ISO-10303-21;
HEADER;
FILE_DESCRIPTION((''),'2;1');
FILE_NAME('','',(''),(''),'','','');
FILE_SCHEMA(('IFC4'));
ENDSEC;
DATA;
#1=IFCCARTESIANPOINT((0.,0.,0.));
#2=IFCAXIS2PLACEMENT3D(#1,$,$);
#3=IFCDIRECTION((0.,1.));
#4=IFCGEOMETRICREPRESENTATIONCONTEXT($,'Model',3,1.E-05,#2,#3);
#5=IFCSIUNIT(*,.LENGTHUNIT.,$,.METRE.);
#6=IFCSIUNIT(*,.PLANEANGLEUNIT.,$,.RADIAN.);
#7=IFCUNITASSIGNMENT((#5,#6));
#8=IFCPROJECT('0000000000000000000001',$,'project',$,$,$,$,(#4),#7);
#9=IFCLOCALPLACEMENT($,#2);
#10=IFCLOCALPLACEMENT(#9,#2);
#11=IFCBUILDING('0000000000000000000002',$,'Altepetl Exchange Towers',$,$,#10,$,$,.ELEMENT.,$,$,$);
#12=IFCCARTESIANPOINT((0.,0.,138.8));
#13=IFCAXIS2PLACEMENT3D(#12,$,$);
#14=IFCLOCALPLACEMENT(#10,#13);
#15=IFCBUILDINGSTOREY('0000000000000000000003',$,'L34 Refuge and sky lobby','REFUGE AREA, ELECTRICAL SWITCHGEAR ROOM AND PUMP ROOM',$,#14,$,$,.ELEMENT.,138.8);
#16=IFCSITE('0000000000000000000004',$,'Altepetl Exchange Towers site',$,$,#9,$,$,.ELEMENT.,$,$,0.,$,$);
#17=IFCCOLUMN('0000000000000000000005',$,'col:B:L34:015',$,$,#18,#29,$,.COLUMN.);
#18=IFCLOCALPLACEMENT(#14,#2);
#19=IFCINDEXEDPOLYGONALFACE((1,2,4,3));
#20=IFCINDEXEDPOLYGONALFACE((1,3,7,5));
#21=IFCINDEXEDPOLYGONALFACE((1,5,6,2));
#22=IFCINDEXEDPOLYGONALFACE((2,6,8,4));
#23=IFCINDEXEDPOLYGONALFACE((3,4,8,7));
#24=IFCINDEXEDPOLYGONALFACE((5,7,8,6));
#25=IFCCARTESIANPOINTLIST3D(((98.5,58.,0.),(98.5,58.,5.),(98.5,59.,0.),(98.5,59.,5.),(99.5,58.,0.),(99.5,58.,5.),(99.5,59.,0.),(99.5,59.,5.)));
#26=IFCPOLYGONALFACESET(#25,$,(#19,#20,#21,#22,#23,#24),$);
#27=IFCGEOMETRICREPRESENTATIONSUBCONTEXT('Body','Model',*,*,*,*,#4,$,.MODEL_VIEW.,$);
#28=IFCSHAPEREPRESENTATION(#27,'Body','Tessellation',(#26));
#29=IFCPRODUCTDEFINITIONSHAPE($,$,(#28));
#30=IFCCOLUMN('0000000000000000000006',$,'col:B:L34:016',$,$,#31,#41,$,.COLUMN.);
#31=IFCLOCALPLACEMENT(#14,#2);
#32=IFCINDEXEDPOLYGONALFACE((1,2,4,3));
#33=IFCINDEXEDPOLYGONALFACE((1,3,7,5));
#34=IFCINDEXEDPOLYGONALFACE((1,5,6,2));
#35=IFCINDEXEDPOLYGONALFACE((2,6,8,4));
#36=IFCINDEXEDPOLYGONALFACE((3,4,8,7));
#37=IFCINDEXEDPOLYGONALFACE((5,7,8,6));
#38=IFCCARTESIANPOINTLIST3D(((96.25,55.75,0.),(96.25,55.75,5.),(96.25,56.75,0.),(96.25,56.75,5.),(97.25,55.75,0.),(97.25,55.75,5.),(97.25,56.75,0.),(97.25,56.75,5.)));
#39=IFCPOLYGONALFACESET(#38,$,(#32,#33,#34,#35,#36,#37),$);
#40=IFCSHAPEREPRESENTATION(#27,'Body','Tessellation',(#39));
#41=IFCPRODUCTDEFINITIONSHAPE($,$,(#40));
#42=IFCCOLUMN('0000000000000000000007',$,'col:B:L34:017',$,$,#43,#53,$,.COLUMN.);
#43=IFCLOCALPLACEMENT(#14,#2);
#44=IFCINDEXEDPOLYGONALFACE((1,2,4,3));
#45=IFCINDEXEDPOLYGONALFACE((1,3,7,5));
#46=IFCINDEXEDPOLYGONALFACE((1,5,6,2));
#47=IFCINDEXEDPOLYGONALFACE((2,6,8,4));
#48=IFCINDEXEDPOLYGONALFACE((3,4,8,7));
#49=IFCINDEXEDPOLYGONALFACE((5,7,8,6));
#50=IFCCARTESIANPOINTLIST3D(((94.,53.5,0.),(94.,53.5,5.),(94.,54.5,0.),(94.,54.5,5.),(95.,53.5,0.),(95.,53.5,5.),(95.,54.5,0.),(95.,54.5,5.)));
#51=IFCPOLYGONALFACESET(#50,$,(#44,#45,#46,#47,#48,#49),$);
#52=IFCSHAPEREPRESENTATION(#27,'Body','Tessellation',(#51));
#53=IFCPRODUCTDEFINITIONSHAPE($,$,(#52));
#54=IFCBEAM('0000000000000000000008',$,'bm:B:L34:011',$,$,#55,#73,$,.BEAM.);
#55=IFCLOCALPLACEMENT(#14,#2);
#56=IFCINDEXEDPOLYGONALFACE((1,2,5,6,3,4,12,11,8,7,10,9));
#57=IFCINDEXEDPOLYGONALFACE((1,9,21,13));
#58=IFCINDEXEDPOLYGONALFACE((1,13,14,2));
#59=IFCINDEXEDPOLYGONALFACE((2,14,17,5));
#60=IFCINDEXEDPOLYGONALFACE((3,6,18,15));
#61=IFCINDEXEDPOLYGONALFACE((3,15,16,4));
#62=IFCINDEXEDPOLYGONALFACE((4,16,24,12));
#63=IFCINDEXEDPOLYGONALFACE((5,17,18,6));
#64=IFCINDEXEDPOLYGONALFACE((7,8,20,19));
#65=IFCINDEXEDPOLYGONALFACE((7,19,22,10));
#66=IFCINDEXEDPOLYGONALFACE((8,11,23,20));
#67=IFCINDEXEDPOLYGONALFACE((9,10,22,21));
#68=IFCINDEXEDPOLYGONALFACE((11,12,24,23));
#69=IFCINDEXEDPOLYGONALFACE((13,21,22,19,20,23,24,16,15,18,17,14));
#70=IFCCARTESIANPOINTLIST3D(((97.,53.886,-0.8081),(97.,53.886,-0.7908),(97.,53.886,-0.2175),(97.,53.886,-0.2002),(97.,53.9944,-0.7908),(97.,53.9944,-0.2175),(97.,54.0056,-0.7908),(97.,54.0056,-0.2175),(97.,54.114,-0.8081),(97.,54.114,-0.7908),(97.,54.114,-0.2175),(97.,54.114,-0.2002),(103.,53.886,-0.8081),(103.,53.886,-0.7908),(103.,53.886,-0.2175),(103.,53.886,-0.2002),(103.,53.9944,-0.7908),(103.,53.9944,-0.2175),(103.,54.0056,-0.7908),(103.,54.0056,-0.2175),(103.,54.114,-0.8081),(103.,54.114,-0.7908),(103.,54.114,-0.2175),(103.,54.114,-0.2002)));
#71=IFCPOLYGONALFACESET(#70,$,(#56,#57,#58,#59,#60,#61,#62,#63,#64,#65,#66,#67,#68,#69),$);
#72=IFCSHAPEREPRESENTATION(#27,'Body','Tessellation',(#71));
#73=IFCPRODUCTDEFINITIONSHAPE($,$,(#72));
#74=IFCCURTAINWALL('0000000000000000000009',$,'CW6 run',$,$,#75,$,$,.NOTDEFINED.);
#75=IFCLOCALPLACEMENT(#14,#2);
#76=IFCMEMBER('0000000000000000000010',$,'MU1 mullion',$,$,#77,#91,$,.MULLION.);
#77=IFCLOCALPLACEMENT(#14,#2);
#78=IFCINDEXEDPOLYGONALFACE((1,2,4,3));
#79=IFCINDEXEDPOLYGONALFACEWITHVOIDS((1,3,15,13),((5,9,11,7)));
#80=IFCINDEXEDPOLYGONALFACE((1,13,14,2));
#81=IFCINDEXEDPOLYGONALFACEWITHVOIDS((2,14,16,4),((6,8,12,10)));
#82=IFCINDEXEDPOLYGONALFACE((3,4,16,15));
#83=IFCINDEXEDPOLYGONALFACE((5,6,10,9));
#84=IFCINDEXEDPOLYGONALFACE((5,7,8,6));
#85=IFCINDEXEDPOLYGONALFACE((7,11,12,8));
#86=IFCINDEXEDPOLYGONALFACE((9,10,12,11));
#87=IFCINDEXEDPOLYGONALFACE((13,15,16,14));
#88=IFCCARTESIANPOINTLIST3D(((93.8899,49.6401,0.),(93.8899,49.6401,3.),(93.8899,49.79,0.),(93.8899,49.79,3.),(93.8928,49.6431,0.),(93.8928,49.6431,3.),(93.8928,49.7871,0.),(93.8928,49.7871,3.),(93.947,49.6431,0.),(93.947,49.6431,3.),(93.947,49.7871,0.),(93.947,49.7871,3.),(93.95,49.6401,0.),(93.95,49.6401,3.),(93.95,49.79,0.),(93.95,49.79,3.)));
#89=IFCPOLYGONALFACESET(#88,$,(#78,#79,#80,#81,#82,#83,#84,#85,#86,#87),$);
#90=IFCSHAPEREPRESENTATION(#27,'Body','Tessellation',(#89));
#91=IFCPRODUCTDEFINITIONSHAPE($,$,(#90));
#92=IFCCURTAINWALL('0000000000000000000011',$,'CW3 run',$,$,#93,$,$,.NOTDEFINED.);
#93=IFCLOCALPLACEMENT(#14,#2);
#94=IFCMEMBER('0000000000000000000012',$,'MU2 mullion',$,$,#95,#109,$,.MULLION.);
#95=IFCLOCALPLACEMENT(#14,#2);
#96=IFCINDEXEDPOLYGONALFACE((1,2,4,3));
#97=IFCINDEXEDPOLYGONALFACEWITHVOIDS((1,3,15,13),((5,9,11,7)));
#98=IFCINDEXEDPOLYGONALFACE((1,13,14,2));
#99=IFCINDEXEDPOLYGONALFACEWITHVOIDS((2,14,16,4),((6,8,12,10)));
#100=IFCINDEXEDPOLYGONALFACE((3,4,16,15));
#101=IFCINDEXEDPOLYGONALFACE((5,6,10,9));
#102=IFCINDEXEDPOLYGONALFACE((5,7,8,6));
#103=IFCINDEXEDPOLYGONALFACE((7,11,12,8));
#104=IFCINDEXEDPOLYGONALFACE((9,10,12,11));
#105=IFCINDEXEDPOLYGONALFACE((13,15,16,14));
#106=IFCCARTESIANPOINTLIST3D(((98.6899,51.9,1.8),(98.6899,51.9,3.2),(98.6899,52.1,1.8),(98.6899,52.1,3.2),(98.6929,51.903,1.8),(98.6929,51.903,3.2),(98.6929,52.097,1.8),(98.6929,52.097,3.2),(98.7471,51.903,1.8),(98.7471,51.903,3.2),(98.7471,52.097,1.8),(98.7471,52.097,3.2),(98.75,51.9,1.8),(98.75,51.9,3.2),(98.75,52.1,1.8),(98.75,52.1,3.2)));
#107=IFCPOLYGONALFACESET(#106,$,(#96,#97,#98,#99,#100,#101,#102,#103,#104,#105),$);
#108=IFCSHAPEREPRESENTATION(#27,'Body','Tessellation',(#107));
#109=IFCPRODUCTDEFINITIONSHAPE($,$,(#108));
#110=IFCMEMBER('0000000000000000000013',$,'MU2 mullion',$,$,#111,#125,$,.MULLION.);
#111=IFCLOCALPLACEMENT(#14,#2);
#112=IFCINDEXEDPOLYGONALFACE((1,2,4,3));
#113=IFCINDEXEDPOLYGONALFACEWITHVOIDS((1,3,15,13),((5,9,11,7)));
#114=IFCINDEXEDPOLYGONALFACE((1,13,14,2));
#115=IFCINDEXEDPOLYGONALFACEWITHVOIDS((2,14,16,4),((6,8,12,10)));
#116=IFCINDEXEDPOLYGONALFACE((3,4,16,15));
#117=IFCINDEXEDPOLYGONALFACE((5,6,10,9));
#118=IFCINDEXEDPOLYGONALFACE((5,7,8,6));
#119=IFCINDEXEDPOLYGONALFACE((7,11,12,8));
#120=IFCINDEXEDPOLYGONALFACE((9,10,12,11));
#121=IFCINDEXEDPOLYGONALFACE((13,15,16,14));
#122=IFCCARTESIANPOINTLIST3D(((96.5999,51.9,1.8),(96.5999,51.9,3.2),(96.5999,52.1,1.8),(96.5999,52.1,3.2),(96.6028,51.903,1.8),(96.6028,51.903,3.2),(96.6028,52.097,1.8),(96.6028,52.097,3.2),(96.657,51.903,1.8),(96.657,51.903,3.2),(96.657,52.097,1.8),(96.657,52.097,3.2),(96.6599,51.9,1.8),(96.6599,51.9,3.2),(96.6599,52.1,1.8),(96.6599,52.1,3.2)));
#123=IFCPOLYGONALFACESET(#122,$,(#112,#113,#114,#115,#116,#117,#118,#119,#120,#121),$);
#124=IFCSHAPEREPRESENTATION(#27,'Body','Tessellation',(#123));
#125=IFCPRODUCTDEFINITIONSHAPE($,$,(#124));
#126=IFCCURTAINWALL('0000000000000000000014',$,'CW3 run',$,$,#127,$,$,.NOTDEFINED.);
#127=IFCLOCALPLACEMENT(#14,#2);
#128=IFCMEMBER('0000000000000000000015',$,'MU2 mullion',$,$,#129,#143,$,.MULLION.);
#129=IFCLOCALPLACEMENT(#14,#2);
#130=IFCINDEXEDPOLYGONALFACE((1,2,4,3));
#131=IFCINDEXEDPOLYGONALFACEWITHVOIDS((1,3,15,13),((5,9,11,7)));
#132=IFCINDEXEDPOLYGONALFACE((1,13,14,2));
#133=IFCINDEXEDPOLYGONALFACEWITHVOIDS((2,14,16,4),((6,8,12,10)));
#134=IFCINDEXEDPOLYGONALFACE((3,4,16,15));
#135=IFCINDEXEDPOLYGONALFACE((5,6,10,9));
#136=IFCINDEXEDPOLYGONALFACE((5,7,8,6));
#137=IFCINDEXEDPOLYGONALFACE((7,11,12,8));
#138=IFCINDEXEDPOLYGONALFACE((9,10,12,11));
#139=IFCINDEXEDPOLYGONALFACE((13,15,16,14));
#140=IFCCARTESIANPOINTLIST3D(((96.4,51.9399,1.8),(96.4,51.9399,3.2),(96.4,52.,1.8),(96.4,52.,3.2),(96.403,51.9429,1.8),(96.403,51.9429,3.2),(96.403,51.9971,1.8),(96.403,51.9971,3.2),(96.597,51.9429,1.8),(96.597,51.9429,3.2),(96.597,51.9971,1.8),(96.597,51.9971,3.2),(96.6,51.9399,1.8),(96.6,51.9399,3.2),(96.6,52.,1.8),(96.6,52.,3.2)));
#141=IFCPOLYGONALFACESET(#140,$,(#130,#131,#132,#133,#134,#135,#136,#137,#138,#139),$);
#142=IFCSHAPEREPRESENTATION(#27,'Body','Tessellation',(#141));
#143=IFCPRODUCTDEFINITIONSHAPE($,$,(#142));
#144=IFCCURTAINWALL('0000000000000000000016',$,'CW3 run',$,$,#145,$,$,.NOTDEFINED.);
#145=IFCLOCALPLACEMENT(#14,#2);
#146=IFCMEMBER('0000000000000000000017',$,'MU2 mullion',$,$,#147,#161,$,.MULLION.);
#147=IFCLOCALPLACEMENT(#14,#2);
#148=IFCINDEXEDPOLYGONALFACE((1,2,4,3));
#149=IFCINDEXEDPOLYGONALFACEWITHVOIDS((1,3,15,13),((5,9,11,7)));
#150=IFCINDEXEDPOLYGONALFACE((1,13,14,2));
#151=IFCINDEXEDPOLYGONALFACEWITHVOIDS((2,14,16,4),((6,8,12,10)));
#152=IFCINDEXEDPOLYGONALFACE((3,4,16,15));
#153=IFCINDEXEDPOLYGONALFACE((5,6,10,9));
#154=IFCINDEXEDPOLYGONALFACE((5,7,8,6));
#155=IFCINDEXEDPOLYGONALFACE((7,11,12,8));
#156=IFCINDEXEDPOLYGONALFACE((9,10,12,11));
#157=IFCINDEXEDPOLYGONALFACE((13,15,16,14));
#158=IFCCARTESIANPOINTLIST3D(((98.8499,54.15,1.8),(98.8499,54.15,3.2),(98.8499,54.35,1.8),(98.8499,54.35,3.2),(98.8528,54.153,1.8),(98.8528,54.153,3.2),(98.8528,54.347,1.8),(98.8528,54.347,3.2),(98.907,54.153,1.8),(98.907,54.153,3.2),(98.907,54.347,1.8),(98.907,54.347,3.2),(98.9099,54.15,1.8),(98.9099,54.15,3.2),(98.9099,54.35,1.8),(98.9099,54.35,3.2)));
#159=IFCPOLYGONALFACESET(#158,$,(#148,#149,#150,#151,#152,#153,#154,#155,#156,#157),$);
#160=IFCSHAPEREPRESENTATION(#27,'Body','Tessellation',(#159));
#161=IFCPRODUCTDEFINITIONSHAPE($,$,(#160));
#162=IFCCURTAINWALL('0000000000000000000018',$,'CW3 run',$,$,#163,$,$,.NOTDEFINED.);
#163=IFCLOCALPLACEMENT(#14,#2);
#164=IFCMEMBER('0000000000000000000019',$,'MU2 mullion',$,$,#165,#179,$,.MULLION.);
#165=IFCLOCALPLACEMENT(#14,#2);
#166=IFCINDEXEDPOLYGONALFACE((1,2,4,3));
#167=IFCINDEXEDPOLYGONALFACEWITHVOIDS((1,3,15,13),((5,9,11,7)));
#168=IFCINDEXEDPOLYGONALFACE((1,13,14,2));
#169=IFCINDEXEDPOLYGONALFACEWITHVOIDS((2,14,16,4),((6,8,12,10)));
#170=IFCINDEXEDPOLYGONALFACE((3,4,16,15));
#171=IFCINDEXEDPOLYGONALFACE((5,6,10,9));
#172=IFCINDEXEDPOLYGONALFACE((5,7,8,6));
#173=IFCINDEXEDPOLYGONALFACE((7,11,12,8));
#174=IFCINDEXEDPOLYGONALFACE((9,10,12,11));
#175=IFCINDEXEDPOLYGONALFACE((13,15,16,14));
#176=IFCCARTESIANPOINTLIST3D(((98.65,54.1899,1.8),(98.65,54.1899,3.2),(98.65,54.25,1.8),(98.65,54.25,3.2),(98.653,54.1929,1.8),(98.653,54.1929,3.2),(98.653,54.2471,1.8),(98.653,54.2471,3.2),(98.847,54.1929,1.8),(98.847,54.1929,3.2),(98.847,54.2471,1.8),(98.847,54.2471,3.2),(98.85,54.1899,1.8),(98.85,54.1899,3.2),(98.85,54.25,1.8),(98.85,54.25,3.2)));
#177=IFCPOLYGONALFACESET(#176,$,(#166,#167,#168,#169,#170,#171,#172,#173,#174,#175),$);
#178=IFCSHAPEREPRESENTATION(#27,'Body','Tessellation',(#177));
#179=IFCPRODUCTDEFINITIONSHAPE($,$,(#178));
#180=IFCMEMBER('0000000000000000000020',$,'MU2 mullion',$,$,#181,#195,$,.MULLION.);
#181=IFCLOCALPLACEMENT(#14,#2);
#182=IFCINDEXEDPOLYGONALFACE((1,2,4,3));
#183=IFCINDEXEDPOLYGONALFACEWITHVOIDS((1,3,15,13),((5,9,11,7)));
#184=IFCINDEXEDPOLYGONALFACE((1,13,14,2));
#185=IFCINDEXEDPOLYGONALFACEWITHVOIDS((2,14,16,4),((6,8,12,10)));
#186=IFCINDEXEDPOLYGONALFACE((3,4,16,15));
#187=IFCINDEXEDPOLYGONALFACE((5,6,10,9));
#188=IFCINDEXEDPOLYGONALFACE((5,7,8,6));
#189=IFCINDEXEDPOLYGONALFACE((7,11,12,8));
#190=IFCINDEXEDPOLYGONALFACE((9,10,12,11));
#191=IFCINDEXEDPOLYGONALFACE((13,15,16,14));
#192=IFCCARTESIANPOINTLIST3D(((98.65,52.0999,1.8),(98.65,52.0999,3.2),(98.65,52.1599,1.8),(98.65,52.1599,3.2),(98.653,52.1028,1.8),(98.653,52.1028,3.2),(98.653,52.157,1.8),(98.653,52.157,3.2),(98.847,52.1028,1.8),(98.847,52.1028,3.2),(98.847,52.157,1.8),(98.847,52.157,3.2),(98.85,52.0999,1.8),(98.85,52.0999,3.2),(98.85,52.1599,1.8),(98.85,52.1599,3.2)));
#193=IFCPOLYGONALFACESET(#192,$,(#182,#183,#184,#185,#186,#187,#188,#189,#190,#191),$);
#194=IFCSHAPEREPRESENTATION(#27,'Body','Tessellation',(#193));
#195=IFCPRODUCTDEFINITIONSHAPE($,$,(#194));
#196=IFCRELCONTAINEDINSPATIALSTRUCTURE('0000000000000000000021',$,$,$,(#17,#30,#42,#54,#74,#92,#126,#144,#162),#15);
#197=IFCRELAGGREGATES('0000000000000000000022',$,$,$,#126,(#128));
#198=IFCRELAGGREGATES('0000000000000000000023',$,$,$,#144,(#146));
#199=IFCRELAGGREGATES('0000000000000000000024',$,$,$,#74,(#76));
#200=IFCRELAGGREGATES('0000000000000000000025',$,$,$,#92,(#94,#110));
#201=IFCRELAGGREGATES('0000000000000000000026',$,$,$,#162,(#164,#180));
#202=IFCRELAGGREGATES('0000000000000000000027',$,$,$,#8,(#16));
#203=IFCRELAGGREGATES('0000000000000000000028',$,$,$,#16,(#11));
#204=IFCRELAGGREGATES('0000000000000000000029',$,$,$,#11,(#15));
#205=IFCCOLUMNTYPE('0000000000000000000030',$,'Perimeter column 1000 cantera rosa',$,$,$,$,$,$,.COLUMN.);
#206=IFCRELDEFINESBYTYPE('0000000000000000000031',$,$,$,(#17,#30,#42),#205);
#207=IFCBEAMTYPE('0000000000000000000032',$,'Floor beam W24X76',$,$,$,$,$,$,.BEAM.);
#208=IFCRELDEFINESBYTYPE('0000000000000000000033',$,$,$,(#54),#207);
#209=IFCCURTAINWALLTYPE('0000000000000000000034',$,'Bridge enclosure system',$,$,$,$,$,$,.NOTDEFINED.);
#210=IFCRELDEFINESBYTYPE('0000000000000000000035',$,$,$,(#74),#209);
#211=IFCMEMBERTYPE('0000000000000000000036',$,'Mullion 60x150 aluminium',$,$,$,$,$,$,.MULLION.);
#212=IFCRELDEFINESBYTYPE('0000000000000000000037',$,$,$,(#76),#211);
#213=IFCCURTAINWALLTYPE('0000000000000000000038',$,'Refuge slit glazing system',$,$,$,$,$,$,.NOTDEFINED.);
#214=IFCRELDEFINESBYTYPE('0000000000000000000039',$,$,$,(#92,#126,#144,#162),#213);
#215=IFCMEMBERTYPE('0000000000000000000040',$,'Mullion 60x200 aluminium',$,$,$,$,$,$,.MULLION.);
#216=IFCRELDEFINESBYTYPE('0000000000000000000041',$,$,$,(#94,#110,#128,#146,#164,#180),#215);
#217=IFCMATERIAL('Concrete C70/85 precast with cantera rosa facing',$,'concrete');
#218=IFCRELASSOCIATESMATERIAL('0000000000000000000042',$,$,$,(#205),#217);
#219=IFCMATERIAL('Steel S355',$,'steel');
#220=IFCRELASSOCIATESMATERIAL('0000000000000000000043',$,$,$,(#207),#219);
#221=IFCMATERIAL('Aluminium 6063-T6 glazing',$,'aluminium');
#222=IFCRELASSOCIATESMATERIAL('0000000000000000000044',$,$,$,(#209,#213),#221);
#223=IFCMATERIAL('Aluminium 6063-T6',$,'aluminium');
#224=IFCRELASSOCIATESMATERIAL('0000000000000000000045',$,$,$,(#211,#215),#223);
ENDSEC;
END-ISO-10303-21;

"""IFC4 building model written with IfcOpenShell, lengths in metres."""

from ifc_helpers import new_model, si_unit, direction, frame, origin, origin_2d, place, context, subcontext, project, spatial, rectangle, hollow_rectangle, i_section, extrude, material, material_profile, profile_set, type_object, element, aggregate, save


model = new_model("IFC4")

# Units and contexts
model_context = context("Model", 3, precision=1e-05, world=origin(), true_north=direction((0.0, 1.0)))
body_context = subcontext(model_context, "Body", "Model", "MODEL_VIEW")
ifc_project = project(units=[si_unit("LENGTHUNIT", "METRE"), si_unit("PLANEANGLEUNIT", "RADIAN")], contexts=[model_context])

# Site, building, storey
site_placement = place(None, origin())
site = spatial("IfcSite", under=ifc_project, at=site_placement, Name="Altepetl Exchange Towers site", CompositionType="ELEMENT", RefElevation=0.0)
building_placement = place(site_placement, origin())
building = spatial("IfcBuilding", under=site, at=building_placement, Name="Altepetl Exchange Towers", CompositionType="ELEMENT")
storey_placement = place(building_placement, frame((0.0, 0.0, 138.8)))
storey = spatial("IfcBuildingStorey", under=building, at=storey_placement, Name="L34 Refuge and sky lobby", Description="REFUGE AREA, ELECTRICAL SWITCHGEAR ROOM AND PUMP ROOM", CompositionType="ELEMENT", Elevation=138.8)

# Columns
ifc_material_1 = material(Name="Concrete C70/85 precast with cantera rosa facing", Category="concrete")
ifc_material_profile_1 = material_profile(ifc_material_1, rectangle(XDim=1.0, YDim=1.0, at=origin_2d()), Name="1000 x 1000")
ifc_profile_set_1 = profile_set([ifc_material_profile_1], Name="Concrete C70/85 precast with cantera rosa facing")
column_type = type_object("IfcColumnType", Name="Perimeter column 1000 cantera rosa", PredefinedType="COLUMN", material=ifc_profile_set_1)
for number, where, name in (
    (1, (99.0, 58.5, 0.0), "col:B:L34:015"),
    (2, (96.75, 56.25, 0.0), "col:B:L34:016"),
    (3, (94.5, 54.0, 0.0), "col:B:L34:017"),
):
    element("IfcColumn", number, at=place(storey_placement, frame(where)), inside=storey, type_object=column_type, Name=name, PredefinedType="COLUMN", context=body_context, shape_type="SweptSolid", body=[
        extrude(rectangle(XDim=1.0, YDim=1.0, at=origin_2d()), origin(), (0.0, 0.0, 1.0), 5.0),
    ])

# Beam
ifc_material_2 = material(Name="Steel S355", Category="steel")
ifc_material_profile_2 = material_profile(ifc_material_2, i_section(OverallWidth=0.228, OverallDepth=0.6079, WebThickness=0.0112, FlangeThickness=0.0173, at=origin_2d()), Name="W24X76")
ifc_profile_set_2 = profile_set([ifc_material_profile_2], Name="Steel S355")
beam_type_1 = type_object("IfcBeamType", Name="Floor beam W24X76", PredefinedType="BEAM", material=ifc_profile_set_2)
beam_1_placement = place(storey_placement, frame((97.0, 54.0, -0.5042), z_axis=(1.0, 0.0, 0.0), x_axis=(0.0, 1.0, 0.0)))
element("IfcBeam", 4, at=beam_1_placement, inside=storey, type_object=beam_type_1, Name="bm:B:L34:011", PredefinedType="BEAM", context=body_context, shape_type="SweptSolid", body=[
    extrude(i_section(OverallWidth=0.228, OverallDepth=0.6079, WebThickness=0.0112, FlangeThickness=0.0173, at=origin_2d()), origin(), (0.0, 0.0, 1.0), 6.0),
])

# Curtain wall, member
ifc_material_3 = material(Name="Aluminium 6063-T6 glazing", Category="aluminium")
curtain_wall_type_1 = type_object("IfcCurtainWallType", Name="Bridge enclosure system", PredefinedType="NOTDEFINED", material=ifc_material_3)
curtain_wall_1_placement = place(storey_placement, origin())
curtain_wall_1 = element("IfcCurtainWall", 5, at=curtain_wall_1_placement, inside=storey, type_object=curtain_wall_type_1, Name="CW6 run", PredefinedType="NOTDEFINED")
ifc_material_4 = material(Name="Aluminium 6063-T6", Category="aluminium")
ifc_material_profile_3 = material_profile(ifc_material_4, hollow_rectangle(XDim=0.0601, YDim=0.1499, WallThickness=0.0029, at=origin_2d()), Name="Mullion 60x150 aluminium")
ifc_profile_set_3 = profile_set([ifc_material_profile_3], Name="Aluminium 6063-T6")
member_type_1 = type_object("IfcMemberType", Name="Mullion 60x150 aluminium", PredefinedType="MULLION", material=ifc_profile_set_3)
member_1_placement = place(storey_placement, frame((93.9199, 49.7151, 0.0)))
member_1 = element("IfcMember", 6, at=member_1_placement, type_object=member_type_1, Name="MU1 mullion", PredefinedType="MULLION", context=body_context, shape_type="SweptSolid", body=[
    extrude(hollow_rectangle(XDim=0.0601, YDim=0.1499, WallThickness=0.0029, at=origin_2d()), origin(), (0.0, 0.0, 1.0), 3.0),
])

# Curtain wall, members
curtain_wall_type_2 = type_object("IfcCurtainWallType", Name="Refuge slit glazing system", PredefinedType="NOTDEFINED", material=ifc_material_3)
curtain_wall_2_placement = place(storey_placement, origin())
curtain_wall_2 = element("IfcCurtainWall", 7, at=curtain_wall_2_placement, inside=storey, type_object=curtain_wall_type_2, Name="CW3 run", PredefinedType="NOTDEFINED")
ifc_material_profile_4 = material_profile(ifc_material_4, hollow_rectangle(XDim=0.0601, YDim=0.2, WallThickness=0.0029, at=origin_2d()), Name="Mullion 60x200 aluminium")
ifc_profile_set_4 = profile_set([ifc_material_profile_4], Name="Aluminium 6063-T6")
member_type_2 = type_object("IfcMemberType", Name="Mullion 60x200 aluminium", PredefinedType="MULLION", material=ifc_profile_set_4)
member_2_placement = place(storey_placement, frame((98.72, 52.0, 1.8), z_axis=(0.0, 0.0, 1.0), x_axis=(-1.0, 0.0, 0.0)))
member_2 = element("IfcMember", 8, at=member_2_placement, type_object=member_type_2, Name="MU2 mullion", PredefinedType="MULLION", context=body_context, shape_type="SweptSolid", body=[
    extrude(hollow_rectangle(XDim=0.0601, YDim=0.2, WallThickness=0.0029, at=origin_2d()), origin(), (0.0, 0.0, 1.0), 1.3999),
])
member_3_placement = place(storey_placement, frame((96.6299, 52.0, 1.8), z_axis=(0.0, 0.0, 1.0), x_axis=(-1.0, 0.0, 0.0)))
member_3 = element("IfcMember", 9, at=member_3_placement, type_object=member_type_2, Name="MU2 mullion", PredefinedType="MULLION", context=body_context, shape_type="SweptSolid", body=[
    extrude(hollow_rectangle(XDim=0.0601, YDim=0.2, WallThickness=0.0029, at=origin_2d()), origin(), (0.0, 0.0, 1.0), 1.3999),
])

# Curtain walls, members
curtain_wall_3_placement = place(storey_placement, origin())
curtain_wall_3 = element("IfcCurtainWall", 10, at=curtain_wall_3_placement, inside=storey, type_object=curtain_wall_type_2, Name="CW3 run", PredefinedType="NOTDEFINED")
member_4_placement = place(storey_placement, frame((96.5, 51.97, 1.8), z_axis=(0.0, 0.0, 1.0), x_axis=(0.0, -1.0, 0.0)))
member_4 = element("IfcMember", 11, at=member_4_placement, type_object=member_type_2, Name="MU2 mullion", PredefinedType="MULLION", context=body_context, shape_type="SweptSolid", body=[
    extrude(hollow_rectangle(XDim=0.0601, YDim=0.2, WallThickness=0.0029, at=origin_2d()), origin(), (0.0, 0.0, 1.0), 1.3999),
])
aggregate(curtain_wall_3, [member_4])
curtain_wall_4_placement = place(storey_placement, origin())
curtain_wall_4 = element("IfcCurtainWall", 12, at=curtain_wall_4_placement, inside=storey, type_object=curtain_wall_type_2, Name="CW3 run", PredefinedType="NOTDEFINED")
member_5_placement = place(storey_placement, frame((98.8799, 54.25, 1.8), z_axis=(0.0, 0.0, 1.0), x_axis=(-1.0, 0.0, 0.0)))
member_5 = element("IfcMember", 13, at=member_5_placement, type_object=member_type_2, Name="MU2 mullion", PredefinedType="MULLION", context=body_context, shape_type="SweptSolid", body=[
    extrude(hollow_rectangle(XDim=0.0601, YDim=0.2, WallThickness=0.0029, at=origin_2d()), origin(), (0.0, 0.0, 1.0), 1.3999),
])
aggregate(curtain_wall_4, [member_5])

# Curtain wall, members
curtain_wall_5_placement = place(storey_placement, origin())
curtain_wall_5 = element("IfcCurtainWall", 14, at=curtain_wall_5_placement, inside=storey, type_object=curtain_wall_type_2, Name="CW3 run", PredefinedType="NOTDEFINED")
member_6_placement = place(storey_placement, frame((98.75, 54.22, 1.8), z_axis=(0.0, 0.0, 1.0), x_axis=(0.0, -1.0, 0.0)))
member_6 = element("IfcMember", 15, at=member_6_placement, type_object=member_type_2, Name="MU2 mullion", PredefinedType="MULLION", context=body_context, shape_type="SweptSolid", body=[
    extrude(hollow_rectangle(XDim=0.0601, YDim=0.2, WallThickness=0.0029, at=origin_2d()), origin(), (0.0, 0.0, 1.0), 1.3999),
])
member_7_placement = place(storey_placement, frame((98.75, 52.1299, 1.8), z_axis=(0.0, 0.0, 1.0), x_axis=(0.0, -1.0, 0.0)))
member_7 = element("IfcMember", 16, at=member_7_placement, type_object=member_type_2, Name="MU2 mullion", PredefinedType="MULLION", context=body_context, shape_type="SweptSolid", body=[
    extrude(hollow_rectangle(XDim=0.0601, YDim=0.2, WallThickness=0.0029, at=origin_2d()), origin(), (0.0, 0.0, 1.0), 1.3999),
])

aggregate(curtain_wall_1, [member_1])
aggregate(curtain_wall_2, [member_2, member_3])
aggregate(curtain_wall_5, [member_6, member_7])

save(model, "model.ifc")
